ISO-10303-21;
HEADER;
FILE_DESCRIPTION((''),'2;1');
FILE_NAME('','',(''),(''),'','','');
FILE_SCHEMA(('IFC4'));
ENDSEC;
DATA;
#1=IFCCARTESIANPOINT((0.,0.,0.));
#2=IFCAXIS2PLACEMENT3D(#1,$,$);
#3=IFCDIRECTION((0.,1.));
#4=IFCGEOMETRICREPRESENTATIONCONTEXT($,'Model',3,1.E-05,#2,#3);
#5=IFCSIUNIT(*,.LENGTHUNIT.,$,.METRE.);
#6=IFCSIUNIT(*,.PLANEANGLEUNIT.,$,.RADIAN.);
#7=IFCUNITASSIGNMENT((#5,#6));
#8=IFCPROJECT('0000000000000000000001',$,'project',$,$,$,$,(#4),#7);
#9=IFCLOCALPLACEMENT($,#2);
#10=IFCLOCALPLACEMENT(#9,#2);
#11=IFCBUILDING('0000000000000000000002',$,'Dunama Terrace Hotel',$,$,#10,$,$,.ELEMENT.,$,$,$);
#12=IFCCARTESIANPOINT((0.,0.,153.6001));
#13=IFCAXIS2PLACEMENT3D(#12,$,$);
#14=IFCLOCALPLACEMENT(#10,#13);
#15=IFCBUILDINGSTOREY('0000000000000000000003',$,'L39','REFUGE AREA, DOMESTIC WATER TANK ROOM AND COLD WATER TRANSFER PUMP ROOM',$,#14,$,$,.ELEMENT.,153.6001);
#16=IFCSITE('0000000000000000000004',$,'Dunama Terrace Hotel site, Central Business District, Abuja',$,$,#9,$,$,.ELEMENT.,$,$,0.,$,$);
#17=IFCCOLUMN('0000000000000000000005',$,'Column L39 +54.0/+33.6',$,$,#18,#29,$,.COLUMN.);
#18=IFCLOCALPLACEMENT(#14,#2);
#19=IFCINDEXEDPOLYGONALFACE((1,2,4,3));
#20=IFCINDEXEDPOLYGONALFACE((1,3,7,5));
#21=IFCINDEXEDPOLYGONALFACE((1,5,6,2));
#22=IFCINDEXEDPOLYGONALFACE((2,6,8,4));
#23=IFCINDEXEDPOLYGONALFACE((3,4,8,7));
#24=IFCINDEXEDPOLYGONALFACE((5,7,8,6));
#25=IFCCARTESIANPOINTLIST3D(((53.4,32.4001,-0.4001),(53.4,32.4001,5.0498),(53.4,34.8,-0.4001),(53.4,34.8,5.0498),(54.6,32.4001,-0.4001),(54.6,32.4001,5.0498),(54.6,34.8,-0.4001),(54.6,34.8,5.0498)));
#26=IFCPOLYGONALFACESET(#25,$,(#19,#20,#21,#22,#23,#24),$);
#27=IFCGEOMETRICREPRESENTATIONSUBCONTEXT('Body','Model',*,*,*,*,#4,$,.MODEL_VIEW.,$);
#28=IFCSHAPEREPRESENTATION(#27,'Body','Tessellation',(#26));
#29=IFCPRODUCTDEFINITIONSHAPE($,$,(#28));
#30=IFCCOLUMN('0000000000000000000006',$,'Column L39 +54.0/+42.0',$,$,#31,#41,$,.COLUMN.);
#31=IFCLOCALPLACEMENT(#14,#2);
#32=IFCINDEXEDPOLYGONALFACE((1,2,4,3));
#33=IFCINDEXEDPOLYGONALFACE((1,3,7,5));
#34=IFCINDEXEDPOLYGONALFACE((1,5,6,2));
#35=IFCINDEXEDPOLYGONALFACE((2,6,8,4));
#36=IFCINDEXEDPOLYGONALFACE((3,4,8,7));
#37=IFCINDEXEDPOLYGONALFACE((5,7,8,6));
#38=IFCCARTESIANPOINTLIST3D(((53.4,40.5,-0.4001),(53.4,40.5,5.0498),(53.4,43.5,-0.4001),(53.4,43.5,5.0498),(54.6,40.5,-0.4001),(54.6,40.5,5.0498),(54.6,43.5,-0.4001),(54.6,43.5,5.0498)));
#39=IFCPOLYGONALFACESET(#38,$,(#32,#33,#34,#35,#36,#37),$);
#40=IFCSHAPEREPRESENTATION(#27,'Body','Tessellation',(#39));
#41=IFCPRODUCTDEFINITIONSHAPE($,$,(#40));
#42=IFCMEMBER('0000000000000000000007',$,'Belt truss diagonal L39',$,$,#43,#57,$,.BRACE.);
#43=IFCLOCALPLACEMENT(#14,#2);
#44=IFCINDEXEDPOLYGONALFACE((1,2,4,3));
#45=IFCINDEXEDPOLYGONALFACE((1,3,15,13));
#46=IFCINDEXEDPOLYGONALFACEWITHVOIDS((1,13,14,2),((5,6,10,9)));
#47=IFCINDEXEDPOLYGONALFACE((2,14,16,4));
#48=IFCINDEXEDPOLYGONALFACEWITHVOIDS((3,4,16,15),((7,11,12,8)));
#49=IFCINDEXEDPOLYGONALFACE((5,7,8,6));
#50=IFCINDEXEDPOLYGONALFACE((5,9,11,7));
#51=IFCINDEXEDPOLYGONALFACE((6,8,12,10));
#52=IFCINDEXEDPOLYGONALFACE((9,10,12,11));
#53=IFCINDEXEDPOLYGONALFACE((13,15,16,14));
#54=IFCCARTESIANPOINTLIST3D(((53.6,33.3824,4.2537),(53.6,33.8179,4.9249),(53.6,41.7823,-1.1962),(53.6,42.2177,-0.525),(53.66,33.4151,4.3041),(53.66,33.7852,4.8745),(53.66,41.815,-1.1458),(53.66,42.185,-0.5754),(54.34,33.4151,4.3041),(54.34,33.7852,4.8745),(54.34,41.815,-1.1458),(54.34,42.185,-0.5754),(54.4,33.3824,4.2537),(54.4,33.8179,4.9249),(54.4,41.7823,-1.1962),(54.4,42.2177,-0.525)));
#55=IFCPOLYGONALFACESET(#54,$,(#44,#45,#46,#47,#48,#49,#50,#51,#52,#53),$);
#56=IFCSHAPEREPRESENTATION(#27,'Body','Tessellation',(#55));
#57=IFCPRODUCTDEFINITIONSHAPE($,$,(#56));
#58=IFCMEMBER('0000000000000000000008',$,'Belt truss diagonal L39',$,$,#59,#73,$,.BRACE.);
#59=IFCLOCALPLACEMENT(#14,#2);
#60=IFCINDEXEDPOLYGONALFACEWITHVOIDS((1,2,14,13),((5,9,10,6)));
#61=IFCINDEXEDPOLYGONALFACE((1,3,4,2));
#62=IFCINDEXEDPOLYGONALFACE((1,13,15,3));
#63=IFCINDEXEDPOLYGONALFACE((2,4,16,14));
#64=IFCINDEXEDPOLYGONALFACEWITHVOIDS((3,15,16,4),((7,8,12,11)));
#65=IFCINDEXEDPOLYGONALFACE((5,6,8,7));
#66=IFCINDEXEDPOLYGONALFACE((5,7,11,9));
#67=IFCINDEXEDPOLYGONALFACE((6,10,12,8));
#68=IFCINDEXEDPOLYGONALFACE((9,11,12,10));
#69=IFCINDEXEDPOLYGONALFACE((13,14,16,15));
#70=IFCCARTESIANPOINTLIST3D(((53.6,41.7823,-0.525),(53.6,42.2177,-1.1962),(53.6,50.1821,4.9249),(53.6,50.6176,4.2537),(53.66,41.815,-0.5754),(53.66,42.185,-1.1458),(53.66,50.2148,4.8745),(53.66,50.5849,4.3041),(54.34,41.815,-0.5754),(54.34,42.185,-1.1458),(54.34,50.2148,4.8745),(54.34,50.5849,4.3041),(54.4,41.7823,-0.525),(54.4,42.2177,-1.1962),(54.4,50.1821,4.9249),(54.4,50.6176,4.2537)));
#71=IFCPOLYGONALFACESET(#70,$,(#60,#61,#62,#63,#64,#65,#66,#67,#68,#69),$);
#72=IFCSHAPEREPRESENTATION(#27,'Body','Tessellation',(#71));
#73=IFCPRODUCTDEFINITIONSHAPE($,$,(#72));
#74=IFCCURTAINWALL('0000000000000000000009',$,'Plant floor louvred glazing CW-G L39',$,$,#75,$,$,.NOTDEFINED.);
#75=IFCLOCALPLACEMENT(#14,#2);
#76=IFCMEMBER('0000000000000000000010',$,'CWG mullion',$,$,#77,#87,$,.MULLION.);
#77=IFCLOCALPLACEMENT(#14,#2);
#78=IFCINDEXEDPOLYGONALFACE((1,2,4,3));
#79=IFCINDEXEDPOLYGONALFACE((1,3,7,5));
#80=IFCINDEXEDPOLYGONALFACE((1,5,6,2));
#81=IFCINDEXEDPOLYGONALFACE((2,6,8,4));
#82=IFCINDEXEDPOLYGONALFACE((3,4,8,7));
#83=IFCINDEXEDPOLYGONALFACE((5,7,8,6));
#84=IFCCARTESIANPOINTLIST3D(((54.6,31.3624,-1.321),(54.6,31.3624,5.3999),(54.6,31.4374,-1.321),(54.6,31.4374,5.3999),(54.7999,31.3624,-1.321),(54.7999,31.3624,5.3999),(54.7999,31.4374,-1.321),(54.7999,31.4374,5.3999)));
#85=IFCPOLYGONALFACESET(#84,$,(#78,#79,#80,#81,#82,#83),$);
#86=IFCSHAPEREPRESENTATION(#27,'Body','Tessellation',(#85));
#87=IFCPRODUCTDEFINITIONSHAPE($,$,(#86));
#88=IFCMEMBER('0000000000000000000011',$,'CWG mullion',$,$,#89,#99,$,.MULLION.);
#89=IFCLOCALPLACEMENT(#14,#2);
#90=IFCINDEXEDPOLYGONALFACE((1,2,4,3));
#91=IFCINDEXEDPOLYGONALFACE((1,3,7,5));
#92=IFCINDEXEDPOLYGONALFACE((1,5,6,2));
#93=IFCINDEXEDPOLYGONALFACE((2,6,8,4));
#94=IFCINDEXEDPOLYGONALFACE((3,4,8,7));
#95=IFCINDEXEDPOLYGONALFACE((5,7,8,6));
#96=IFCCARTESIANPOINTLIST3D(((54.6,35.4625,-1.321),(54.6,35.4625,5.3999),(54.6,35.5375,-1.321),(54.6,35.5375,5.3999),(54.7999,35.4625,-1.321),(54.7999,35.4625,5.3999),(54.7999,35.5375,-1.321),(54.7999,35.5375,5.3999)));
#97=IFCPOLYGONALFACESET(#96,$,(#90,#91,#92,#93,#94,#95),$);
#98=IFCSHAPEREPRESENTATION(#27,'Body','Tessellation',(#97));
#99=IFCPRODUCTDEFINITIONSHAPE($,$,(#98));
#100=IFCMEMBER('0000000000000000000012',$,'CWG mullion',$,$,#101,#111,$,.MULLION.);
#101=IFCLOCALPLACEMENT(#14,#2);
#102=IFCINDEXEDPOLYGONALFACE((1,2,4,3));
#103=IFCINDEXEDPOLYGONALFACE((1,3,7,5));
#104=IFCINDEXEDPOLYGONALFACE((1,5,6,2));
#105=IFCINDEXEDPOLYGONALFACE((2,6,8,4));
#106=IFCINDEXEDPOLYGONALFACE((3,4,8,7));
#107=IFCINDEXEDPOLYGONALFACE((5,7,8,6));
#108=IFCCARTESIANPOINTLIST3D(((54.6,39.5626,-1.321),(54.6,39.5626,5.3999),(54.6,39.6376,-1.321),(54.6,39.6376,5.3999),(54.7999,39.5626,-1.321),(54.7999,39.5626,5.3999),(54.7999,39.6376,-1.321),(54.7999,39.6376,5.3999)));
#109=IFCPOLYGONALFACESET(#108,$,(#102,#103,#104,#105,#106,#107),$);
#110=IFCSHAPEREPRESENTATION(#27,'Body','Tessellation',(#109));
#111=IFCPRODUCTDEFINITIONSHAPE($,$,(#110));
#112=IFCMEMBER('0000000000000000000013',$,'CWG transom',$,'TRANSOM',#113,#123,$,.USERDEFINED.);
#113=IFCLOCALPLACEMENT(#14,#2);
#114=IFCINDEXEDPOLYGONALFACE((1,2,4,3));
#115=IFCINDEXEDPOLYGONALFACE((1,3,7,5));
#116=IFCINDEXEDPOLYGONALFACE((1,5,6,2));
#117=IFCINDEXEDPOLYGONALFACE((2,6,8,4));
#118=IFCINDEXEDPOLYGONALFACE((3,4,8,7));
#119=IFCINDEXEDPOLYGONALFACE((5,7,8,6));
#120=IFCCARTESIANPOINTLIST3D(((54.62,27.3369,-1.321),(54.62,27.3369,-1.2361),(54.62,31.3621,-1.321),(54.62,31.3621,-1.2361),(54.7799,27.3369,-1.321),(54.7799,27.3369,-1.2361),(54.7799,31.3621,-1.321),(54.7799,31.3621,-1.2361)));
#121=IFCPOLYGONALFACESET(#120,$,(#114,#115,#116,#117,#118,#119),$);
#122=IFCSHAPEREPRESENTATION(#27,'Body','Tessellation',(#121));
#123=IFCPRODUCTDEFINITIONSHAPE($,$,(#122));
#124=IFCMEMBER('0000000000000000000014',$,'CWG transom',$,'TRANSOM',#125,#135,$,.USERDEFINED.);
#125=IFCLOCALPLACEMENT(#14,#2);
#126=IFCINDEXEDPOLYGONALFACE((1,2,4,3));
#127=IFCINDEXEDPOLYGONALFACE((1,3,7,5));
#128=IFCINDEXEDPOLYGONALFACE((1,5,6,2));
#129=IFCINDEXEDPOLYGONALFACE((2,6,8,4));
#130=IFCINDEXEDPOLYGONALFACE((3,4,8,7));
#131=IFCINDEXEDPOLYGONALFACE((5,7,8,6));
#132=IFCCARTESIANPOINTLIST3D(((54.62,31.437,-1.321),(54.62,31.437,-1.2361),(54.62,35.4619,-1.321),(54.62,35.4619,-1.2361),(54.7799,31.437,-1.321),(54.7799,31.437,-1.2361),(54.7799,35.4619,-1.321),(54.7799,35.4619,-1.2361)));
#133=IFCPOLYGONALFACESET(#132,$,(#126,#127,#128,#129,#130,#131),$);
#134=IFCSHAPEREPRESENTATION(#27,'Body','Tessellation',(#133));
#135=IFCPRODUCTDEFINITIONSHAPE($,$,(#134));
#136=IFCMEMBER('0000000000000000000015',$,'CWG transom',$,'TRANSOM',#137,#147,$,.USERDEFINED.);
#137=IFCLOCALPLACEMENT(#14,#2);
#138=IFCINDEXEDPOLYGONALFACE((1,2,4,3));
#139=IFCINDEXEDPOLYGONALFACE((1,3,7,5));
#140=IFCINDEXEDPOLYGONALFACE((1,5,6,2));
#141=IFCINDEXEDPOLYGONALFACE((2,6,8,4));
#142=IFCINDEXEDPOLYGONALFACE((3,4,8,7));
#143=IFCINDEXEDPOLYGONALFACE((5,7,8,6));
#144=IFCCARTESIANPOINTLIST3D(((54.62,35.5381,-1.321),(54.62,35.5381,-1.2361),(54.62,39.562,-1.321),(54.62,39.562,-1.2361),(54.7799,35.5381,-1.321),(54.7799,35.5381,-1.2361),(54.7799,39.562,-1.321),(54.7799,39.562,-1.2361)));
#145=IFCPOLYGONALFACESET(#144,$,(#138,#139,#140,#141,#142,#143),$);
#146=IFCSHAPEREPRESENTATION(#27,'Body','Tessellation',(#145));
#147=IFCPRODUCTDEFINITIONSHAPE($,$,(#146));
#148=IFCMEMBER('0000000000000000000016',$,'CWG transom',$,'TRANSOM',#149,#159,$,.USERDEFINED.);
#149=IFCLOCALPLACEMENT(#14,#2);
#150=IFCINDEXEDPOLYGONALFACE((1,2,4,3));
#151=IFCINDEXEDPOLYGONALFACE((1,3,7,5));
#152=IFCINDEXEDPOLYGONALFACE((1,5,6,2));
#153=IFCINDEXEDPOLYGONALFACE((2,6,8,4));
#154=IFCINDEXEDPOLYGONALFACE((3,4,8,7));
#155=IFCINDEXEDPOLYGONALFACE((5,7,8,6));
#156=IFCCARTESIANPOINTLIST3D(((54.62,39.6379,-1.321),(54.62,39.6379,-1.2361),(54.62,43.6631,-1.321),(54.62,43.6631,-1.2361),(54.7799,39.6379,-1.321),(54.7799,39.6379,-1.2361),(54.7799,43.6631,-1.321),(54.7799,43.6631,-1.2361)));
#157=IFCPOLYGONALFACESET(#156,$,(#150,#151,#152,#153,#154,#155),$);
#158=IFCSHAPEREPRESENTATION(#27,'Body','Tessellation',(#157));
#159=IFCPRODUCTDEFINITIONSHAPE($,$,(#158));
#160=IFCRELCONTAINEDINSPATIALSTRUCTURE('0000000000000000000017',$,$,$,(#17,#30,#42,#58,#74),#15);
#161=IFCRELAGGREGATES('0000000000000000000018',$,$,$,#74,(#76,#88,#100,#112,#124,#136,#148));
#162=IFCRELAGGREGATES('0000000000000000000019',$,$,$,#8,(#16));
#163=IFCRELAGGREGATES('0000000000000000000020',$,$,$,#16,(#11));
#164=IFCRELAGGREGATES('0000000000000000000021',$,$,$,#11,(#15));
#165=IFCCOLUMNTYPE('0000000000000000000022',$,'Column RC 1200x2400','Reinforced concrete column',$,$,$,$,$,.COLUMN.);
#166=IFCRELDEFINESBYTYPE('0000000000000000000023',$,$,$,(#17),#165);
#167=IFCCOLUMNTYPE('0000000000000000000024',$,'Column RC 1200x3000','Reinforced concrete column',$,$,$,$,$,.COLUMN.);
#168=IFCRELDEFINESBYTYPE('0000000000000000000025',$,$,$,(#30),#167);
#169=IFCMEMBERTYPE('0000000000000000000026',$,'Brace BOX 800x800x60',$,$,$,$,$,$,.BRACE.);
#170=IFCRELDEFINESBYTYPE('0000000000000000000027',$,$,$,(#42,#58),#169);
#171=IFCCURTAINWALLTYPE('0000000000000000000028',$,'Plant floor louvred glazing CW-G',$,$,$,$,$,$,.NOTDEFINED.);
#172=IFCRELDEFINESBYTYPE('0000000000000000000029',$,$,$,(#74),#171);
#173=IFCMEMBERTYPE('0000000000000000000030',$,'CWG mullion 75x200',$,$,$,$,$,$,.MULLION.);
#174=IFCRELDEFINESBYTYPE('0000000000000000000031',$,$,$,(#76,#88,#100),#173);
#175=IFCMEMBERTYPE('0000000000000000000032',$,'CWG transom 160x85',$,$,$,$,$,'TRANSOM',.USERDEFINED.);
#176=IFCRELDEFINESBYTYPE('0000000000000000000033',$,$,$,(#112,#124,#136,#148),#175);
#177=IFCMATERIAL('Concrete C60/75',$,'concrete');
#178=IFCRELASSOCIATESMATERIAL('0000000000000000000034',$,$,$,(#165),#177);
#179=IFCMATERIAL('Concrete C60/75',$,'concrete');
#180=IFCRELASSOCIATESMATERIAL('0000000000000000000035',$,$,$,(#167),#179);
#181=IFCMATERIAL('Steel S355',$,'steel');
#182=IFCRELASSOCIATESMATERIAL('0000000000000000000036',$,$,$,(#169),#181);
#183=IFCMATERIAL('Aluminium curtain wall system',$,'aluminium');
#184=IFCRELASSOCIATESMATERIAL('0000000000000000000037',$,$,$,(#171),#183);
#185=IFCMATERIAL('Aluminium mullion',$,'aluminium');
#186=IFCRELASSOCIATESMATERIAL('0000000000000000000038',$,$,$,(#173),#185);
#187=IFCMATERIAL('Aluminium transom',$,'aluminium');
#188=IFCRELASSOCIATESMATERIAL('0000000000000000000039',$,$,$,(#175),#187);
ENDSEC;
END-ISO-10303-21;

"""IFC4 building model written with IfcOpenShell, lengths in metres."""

from ifc_helpers import new_model, si_unit, direction, frame, origin, origin_2d, place, context, subcontext, project, spatial, rectangle, hollow_rectangle, extrude, material, material_profile, profile_set, type_object, element, aggregate, save


model = new_model("IFC4")

# Units and contexts
model_context = context("Model", 3, precision=1e-05, world=origin(), true_north=direction((0.0, 1.0)))
body_context = subcontext(model_context, "Body", "Model", "MODEL_VIEW")
ifc_project = project(units=[si_unit("LENGTHUNIT", "METRE"), si_unit("PLANEANGLEUNIT", "RADIAN")], contexts=[model_context])

# Site, building, storey
site_placement = place(None, origin())
site = spatial("IfcSite", under=ifc_project, at=site_placement, Name="Dunama Terrace Hotel site, Central Business District, Abuja", CompositionType="ELEMENT", RefElevation=0.0)
building_placement = place(site_placement, origin())
building = spatial("IfcBuilding", under=site, at=building_placement, Name="Dunama Terrace Hotel", CompositionType="ELEMENT")
storey_placement = place(building_placement, frame((0.0, 0.0, 153.6001)))
storey = spatial("IfcBuildingStorey", under=building, at=storey_placement, Name="L39", Description="REFUGE AREA, DOMESTIC WATER TANK ROOM AND COLD WATER TRANSFER PUMP ROOM", CompositionType="ELEMENT", Elevation=153.6001)

# Columns
ifc_material_1 = material(Name="Concrete C60/75", Category="concrete")
ifc_material_profile_1 = material_profile(ifc_material_1, rectangle(XDim=1.2, YDim=2.3999, at=origin_2d()), Name="RC 1200x2400")
ifc_profile_set_1 = profile_set([ifc_material_profile_1], Name="Concrete C60/75")
column_type_1 = type_object("IfcColumnType", Name="Column RC 1200x2400", Description="Reinforced concrete column", PredefinedType="COLUMN", material=ifc_profile_set_1)
column_1_placement = place(storey_placement, frame((54.0, 33.6001, -0.4001), z_axis=(0.0, 0.0, 1.0), x_axis=(1.0, 0.0, 0.0)))
element("IfcColumn", 1, at=column_1_placement, inside=storey, type_object=column_type_1, Name="Column L39 +54.0/+33.6", PredefinedType="COLUMN", context=body_context, shape_type="SweptSolid", body=[
    extrude(rectangle(XDim=1.2, YDim=2.3999, at=origin_2d()), origin(), (0.0, 0.0, 1.0), 5.45),
])
ifc_material_2 = material(Name="Concrete C60/75", Category="concrete")
ifc_material_profile_2 = material_profile(ifc_material_2, rectangle(XDim=1.2, YDim=3.0, at=origin_2d()), Name="RC 1200x3000")
ifc_profile_set_2 = profile_set([ifc_material_profile_2], Name="Concrete C60/75")
column_type_2 = type_object("IfcColumnType", Name="Column RC 1200x3000", Description="Reinforced concrete column", PredefinedType="COLUMN", material=ifc_profile_set_2)
column_2_placement = place(storey_placement, frame((54.0, 42.0, -0.4001), z_axis=(0.0, 0.0, 1.0), x_axis=(1.0, 0.0, 0.0)))
element("IfcColumn", 2, at=column_2_placement, inside=storey, type_object=column_type_2, Name="Column L39 +54.0/+42.0", PredefinedType="COLUMN", context=body_context, shape_type="SweptSolid", body=[
    extrude(rectangle(XDim=1.2, YDim=3.0, at=origin_2d()), origin(), (0.0, 0.0, 1.0), 5.45),
])

# Members
ifc_material_3 = material(Name="Steel S355", Category="steel")
ifc_material_profile_3 = material_profile(ifc_material_3, hollow_rectangle(XDim=0.8, YDim=0.8, WallThickness=0.0601, at=origin_2d()), Name="BOX 800x800x60")
ifc_profile_set_3 = profile_set([ifc_material_profile_3], Name="Steel S355")
member_type_1 = type_object("IfcMemberType", Name="Brace BOX 800x800x60", PredefinedType="BRACE", material=ifc_profile_set_3)
for number, where, z_axis, x_axis, name in (
    (3, (54.0, 42.0, -0.8606), (0.0, -0.838899, 0.544287), (1.0, 0.0, 0.0), "Belt truss diagonal L39"),
    (4, (54.0, 42.0, -0.8606), (0.0, 0.838899, 0.544287), (-1.0, 0.0, 0.0), "Belt truss diagonal L39"),
):
    element("IfcMember", number, at=place(storey_placement, frame(where, z_axis=z_axis, x_axis=x_axis)), inside=storey, type_object=member_type_1, Name=name, PredefinedType="BRACE", context=body_context, shape_type="SweptSolid", body=[
        extrude(hollow_rectangle(XDim=0.8, YDim=0.8, WallThickness=0.0601, at=origin_2d()), origin(), (0.0, 0.0, 1.0), 10.0129),
    ])

# Curtain wall, members
ifc_material_4 = material(Name="Aluminium curtain wall system", Category="aluminium")
curtain_wall_type = type_object("IfcCurtainWallType", Name="Plant floor louvred glazing CW-G", PredefinedType="NOTDEFINED", material=ifc_material_4)
curtain_wall_placement = place(storey_placement, origin())
curtain_wall = element("IfcCurtainWall", 5, at=curtain_wall_placement, inside=storey, type_object=curtain_wall_type, Name="Plant floor louvred glazing CW-G L39", PredefinedType="NOTDEFINED")
ifc_material_5 = material(Name="Aluminium mullion", Category="aluminium")
ifc_material_profile_4 = material_profile(ifc_material_5, rectangle(XDim=0.075, YDim=0.2, at=origin_2d()), Name="CWG MULLION 75X200")
ifc_profile_set_4 = profile_set([ifc_material_profile_4], Name="Aluminium mullion")
member_type_2 = type_object("IfcMemberType", Name="CWG mullion 75x200", PredefinedType="MULLION", material=ifc_profile_set_4)
member_1_placement = place(storey_placement, frame((54.7, 31.3999, -1.321), z_axis=(0.0, 0.0, 1.0), x_axis=(0.0, 1.0, 0.0)))
member_1 = element("IfcMember", 6, at=member_1_placement, type_object=member_type_2, Name="CWG mullion", PredefinedType="MULLION", context=body_context, shape_type="SweptSolid", body=[
    extrude(rectangle(XDim=0.075, YDim=0.2, at=origin_2d()), origin(), (0.0, 0.0, 1.0), 6.7209),
])
member_2_placement = place(storey_placement, frame((54.7, 35.5, -1.321), z_axis=(0.0, 0.0, 1.0), x_axis=(0.0, 1.0, 0.0)))
member_2 = element("IfcMember", 7, at=member_2_placement, type_object=member_type_2, Name="CWG mullion", PredefinedType="MULLION", context=body_context, shape_type="SweptSolid", body=[
    extrude(rectangle(XDim=0.075, YDim=0.2, at=origin_2d()), origin(), (0.0, 0.0, 1.0), 6.7209),
])
member_3_placement = place(storey_placement, frame((54.7, 39.6001, -1.321), z_axis=(0.0, 0.0, 1.0), x_axis=(0.0, 1.0, 0.0)))
member_3 = element("IfcMember", 8, at=member_3_placement, type_object=member_type_2, Name="CWG mullion", PredefinedType="MULLION", context=body_context, shape_type="SweptSolid", body=[
    extrude(rectangle(XDim=0.075, YDim=0.2, at=origin_2d()), origin(), (0.0, 0.0, 1.0), 6.7209),
])
ifc_material_6 = material(Name="Aluminium transom", Category="aluminium")
ifc_material_profile_5 = material_profile(ifc_material_6, rectangle(XDim=0.1599, YDim=0.085, at=origin_2d()), Name="CWG TRANSOM 160X85")
ifc_profile_set_5 = profile_set([ifc_material_profile_5], Name="Aluminium transom")
member_type_3 = type_object("IfcMemberType", Name="CWG transom 160x85", ElementType="TRANSOM", PredefinedType="USERDEFINED", material=ifc_profile_set_5)
member_4_placement = place(storey_placement, frame((54.7, 27.3369, -1.2786), z_axis=(0.0, 1.0, 0.0), x_axis=(-1.0, 0.0, 0.0)))
member_4 = element("IfcMember", 9, at=member_4_placement, type_object=member_type_3, Name="CWG transom", ObjectType="TRANSOM", PredefinedType="USERDEFINED", context=body_context, shape_type="SweptSolid", body=[
    extrude(rectangle(XDim=0.1599, YDim=0.085, at=origin_2d()), origin(), (0.0, 0.0, 1.0), 4.0251),
])
member_5_placement = place(storey_placement, frame((54.7, 31.437, -1.2786), z_axis=(0.0, 1.0, 0.0), x_axis=(-1.0, 0.0, 0.0)))
member_5 = element("IfcMember", 10, at=member_5_placement, type_object=member_type_3, Name="CWG transom", ObjectType="TRANSOM", PredefinedType="USERDEFINED", context=body_context, shape_type="SweptSolid", body=[
    extrude(rectangle(XDim=0.1599, YDim=0.085, at=origin_2d()), origin(), (0.0, 0.0, 1.0), 4.0249),
])
member_6_placement = place(storey_placement, frame((54.7, 35.5381, -1.2786), z_axis=(0.0, 1.0, 0.0), x_axis=(-1.0, 0.0, 0.0)))
member_6 = element("IfcMember", 11, at=member_6_placement, type_object=member_type_3, Name="CWG transom", ObjectType="TRANSOM", PredefinedType="USERDEFINED", context=body_context, shape_type="SweptSolid", body=[
    extrude(rectangle(XDim=0.1599, YDim=0.085, at=origin_2d()), origin(), (0.0, 0.0, 1.0), 4.0239),
])
member_7_placement = place(storey_placement, frame((54.7, 39.6379, -1.2786), z_axis=(0.0, 1.0, 0.0), x_axis=(-1.0, 0.0, 0.0)))
member_7 = element("IfcMember", 12, at=member_7_placement, type_object=member_type_3, Name="CWG transom", ObjectType="TRANSOM", PredefinedType="USERDEFINED", context=body_context, shape_type="SweptSolid", body=[
    extrude(rectangle(XDim=0.1599, YDim=0.085, at=origin_2d()), origin(), (0.0, 0.0, 1.0), 4.0251),
])

aggregate(curtain_wall, [member_1, member_2, member_3, member_4, member_5, member_6, member_7])

save(model, "model.ifc")
